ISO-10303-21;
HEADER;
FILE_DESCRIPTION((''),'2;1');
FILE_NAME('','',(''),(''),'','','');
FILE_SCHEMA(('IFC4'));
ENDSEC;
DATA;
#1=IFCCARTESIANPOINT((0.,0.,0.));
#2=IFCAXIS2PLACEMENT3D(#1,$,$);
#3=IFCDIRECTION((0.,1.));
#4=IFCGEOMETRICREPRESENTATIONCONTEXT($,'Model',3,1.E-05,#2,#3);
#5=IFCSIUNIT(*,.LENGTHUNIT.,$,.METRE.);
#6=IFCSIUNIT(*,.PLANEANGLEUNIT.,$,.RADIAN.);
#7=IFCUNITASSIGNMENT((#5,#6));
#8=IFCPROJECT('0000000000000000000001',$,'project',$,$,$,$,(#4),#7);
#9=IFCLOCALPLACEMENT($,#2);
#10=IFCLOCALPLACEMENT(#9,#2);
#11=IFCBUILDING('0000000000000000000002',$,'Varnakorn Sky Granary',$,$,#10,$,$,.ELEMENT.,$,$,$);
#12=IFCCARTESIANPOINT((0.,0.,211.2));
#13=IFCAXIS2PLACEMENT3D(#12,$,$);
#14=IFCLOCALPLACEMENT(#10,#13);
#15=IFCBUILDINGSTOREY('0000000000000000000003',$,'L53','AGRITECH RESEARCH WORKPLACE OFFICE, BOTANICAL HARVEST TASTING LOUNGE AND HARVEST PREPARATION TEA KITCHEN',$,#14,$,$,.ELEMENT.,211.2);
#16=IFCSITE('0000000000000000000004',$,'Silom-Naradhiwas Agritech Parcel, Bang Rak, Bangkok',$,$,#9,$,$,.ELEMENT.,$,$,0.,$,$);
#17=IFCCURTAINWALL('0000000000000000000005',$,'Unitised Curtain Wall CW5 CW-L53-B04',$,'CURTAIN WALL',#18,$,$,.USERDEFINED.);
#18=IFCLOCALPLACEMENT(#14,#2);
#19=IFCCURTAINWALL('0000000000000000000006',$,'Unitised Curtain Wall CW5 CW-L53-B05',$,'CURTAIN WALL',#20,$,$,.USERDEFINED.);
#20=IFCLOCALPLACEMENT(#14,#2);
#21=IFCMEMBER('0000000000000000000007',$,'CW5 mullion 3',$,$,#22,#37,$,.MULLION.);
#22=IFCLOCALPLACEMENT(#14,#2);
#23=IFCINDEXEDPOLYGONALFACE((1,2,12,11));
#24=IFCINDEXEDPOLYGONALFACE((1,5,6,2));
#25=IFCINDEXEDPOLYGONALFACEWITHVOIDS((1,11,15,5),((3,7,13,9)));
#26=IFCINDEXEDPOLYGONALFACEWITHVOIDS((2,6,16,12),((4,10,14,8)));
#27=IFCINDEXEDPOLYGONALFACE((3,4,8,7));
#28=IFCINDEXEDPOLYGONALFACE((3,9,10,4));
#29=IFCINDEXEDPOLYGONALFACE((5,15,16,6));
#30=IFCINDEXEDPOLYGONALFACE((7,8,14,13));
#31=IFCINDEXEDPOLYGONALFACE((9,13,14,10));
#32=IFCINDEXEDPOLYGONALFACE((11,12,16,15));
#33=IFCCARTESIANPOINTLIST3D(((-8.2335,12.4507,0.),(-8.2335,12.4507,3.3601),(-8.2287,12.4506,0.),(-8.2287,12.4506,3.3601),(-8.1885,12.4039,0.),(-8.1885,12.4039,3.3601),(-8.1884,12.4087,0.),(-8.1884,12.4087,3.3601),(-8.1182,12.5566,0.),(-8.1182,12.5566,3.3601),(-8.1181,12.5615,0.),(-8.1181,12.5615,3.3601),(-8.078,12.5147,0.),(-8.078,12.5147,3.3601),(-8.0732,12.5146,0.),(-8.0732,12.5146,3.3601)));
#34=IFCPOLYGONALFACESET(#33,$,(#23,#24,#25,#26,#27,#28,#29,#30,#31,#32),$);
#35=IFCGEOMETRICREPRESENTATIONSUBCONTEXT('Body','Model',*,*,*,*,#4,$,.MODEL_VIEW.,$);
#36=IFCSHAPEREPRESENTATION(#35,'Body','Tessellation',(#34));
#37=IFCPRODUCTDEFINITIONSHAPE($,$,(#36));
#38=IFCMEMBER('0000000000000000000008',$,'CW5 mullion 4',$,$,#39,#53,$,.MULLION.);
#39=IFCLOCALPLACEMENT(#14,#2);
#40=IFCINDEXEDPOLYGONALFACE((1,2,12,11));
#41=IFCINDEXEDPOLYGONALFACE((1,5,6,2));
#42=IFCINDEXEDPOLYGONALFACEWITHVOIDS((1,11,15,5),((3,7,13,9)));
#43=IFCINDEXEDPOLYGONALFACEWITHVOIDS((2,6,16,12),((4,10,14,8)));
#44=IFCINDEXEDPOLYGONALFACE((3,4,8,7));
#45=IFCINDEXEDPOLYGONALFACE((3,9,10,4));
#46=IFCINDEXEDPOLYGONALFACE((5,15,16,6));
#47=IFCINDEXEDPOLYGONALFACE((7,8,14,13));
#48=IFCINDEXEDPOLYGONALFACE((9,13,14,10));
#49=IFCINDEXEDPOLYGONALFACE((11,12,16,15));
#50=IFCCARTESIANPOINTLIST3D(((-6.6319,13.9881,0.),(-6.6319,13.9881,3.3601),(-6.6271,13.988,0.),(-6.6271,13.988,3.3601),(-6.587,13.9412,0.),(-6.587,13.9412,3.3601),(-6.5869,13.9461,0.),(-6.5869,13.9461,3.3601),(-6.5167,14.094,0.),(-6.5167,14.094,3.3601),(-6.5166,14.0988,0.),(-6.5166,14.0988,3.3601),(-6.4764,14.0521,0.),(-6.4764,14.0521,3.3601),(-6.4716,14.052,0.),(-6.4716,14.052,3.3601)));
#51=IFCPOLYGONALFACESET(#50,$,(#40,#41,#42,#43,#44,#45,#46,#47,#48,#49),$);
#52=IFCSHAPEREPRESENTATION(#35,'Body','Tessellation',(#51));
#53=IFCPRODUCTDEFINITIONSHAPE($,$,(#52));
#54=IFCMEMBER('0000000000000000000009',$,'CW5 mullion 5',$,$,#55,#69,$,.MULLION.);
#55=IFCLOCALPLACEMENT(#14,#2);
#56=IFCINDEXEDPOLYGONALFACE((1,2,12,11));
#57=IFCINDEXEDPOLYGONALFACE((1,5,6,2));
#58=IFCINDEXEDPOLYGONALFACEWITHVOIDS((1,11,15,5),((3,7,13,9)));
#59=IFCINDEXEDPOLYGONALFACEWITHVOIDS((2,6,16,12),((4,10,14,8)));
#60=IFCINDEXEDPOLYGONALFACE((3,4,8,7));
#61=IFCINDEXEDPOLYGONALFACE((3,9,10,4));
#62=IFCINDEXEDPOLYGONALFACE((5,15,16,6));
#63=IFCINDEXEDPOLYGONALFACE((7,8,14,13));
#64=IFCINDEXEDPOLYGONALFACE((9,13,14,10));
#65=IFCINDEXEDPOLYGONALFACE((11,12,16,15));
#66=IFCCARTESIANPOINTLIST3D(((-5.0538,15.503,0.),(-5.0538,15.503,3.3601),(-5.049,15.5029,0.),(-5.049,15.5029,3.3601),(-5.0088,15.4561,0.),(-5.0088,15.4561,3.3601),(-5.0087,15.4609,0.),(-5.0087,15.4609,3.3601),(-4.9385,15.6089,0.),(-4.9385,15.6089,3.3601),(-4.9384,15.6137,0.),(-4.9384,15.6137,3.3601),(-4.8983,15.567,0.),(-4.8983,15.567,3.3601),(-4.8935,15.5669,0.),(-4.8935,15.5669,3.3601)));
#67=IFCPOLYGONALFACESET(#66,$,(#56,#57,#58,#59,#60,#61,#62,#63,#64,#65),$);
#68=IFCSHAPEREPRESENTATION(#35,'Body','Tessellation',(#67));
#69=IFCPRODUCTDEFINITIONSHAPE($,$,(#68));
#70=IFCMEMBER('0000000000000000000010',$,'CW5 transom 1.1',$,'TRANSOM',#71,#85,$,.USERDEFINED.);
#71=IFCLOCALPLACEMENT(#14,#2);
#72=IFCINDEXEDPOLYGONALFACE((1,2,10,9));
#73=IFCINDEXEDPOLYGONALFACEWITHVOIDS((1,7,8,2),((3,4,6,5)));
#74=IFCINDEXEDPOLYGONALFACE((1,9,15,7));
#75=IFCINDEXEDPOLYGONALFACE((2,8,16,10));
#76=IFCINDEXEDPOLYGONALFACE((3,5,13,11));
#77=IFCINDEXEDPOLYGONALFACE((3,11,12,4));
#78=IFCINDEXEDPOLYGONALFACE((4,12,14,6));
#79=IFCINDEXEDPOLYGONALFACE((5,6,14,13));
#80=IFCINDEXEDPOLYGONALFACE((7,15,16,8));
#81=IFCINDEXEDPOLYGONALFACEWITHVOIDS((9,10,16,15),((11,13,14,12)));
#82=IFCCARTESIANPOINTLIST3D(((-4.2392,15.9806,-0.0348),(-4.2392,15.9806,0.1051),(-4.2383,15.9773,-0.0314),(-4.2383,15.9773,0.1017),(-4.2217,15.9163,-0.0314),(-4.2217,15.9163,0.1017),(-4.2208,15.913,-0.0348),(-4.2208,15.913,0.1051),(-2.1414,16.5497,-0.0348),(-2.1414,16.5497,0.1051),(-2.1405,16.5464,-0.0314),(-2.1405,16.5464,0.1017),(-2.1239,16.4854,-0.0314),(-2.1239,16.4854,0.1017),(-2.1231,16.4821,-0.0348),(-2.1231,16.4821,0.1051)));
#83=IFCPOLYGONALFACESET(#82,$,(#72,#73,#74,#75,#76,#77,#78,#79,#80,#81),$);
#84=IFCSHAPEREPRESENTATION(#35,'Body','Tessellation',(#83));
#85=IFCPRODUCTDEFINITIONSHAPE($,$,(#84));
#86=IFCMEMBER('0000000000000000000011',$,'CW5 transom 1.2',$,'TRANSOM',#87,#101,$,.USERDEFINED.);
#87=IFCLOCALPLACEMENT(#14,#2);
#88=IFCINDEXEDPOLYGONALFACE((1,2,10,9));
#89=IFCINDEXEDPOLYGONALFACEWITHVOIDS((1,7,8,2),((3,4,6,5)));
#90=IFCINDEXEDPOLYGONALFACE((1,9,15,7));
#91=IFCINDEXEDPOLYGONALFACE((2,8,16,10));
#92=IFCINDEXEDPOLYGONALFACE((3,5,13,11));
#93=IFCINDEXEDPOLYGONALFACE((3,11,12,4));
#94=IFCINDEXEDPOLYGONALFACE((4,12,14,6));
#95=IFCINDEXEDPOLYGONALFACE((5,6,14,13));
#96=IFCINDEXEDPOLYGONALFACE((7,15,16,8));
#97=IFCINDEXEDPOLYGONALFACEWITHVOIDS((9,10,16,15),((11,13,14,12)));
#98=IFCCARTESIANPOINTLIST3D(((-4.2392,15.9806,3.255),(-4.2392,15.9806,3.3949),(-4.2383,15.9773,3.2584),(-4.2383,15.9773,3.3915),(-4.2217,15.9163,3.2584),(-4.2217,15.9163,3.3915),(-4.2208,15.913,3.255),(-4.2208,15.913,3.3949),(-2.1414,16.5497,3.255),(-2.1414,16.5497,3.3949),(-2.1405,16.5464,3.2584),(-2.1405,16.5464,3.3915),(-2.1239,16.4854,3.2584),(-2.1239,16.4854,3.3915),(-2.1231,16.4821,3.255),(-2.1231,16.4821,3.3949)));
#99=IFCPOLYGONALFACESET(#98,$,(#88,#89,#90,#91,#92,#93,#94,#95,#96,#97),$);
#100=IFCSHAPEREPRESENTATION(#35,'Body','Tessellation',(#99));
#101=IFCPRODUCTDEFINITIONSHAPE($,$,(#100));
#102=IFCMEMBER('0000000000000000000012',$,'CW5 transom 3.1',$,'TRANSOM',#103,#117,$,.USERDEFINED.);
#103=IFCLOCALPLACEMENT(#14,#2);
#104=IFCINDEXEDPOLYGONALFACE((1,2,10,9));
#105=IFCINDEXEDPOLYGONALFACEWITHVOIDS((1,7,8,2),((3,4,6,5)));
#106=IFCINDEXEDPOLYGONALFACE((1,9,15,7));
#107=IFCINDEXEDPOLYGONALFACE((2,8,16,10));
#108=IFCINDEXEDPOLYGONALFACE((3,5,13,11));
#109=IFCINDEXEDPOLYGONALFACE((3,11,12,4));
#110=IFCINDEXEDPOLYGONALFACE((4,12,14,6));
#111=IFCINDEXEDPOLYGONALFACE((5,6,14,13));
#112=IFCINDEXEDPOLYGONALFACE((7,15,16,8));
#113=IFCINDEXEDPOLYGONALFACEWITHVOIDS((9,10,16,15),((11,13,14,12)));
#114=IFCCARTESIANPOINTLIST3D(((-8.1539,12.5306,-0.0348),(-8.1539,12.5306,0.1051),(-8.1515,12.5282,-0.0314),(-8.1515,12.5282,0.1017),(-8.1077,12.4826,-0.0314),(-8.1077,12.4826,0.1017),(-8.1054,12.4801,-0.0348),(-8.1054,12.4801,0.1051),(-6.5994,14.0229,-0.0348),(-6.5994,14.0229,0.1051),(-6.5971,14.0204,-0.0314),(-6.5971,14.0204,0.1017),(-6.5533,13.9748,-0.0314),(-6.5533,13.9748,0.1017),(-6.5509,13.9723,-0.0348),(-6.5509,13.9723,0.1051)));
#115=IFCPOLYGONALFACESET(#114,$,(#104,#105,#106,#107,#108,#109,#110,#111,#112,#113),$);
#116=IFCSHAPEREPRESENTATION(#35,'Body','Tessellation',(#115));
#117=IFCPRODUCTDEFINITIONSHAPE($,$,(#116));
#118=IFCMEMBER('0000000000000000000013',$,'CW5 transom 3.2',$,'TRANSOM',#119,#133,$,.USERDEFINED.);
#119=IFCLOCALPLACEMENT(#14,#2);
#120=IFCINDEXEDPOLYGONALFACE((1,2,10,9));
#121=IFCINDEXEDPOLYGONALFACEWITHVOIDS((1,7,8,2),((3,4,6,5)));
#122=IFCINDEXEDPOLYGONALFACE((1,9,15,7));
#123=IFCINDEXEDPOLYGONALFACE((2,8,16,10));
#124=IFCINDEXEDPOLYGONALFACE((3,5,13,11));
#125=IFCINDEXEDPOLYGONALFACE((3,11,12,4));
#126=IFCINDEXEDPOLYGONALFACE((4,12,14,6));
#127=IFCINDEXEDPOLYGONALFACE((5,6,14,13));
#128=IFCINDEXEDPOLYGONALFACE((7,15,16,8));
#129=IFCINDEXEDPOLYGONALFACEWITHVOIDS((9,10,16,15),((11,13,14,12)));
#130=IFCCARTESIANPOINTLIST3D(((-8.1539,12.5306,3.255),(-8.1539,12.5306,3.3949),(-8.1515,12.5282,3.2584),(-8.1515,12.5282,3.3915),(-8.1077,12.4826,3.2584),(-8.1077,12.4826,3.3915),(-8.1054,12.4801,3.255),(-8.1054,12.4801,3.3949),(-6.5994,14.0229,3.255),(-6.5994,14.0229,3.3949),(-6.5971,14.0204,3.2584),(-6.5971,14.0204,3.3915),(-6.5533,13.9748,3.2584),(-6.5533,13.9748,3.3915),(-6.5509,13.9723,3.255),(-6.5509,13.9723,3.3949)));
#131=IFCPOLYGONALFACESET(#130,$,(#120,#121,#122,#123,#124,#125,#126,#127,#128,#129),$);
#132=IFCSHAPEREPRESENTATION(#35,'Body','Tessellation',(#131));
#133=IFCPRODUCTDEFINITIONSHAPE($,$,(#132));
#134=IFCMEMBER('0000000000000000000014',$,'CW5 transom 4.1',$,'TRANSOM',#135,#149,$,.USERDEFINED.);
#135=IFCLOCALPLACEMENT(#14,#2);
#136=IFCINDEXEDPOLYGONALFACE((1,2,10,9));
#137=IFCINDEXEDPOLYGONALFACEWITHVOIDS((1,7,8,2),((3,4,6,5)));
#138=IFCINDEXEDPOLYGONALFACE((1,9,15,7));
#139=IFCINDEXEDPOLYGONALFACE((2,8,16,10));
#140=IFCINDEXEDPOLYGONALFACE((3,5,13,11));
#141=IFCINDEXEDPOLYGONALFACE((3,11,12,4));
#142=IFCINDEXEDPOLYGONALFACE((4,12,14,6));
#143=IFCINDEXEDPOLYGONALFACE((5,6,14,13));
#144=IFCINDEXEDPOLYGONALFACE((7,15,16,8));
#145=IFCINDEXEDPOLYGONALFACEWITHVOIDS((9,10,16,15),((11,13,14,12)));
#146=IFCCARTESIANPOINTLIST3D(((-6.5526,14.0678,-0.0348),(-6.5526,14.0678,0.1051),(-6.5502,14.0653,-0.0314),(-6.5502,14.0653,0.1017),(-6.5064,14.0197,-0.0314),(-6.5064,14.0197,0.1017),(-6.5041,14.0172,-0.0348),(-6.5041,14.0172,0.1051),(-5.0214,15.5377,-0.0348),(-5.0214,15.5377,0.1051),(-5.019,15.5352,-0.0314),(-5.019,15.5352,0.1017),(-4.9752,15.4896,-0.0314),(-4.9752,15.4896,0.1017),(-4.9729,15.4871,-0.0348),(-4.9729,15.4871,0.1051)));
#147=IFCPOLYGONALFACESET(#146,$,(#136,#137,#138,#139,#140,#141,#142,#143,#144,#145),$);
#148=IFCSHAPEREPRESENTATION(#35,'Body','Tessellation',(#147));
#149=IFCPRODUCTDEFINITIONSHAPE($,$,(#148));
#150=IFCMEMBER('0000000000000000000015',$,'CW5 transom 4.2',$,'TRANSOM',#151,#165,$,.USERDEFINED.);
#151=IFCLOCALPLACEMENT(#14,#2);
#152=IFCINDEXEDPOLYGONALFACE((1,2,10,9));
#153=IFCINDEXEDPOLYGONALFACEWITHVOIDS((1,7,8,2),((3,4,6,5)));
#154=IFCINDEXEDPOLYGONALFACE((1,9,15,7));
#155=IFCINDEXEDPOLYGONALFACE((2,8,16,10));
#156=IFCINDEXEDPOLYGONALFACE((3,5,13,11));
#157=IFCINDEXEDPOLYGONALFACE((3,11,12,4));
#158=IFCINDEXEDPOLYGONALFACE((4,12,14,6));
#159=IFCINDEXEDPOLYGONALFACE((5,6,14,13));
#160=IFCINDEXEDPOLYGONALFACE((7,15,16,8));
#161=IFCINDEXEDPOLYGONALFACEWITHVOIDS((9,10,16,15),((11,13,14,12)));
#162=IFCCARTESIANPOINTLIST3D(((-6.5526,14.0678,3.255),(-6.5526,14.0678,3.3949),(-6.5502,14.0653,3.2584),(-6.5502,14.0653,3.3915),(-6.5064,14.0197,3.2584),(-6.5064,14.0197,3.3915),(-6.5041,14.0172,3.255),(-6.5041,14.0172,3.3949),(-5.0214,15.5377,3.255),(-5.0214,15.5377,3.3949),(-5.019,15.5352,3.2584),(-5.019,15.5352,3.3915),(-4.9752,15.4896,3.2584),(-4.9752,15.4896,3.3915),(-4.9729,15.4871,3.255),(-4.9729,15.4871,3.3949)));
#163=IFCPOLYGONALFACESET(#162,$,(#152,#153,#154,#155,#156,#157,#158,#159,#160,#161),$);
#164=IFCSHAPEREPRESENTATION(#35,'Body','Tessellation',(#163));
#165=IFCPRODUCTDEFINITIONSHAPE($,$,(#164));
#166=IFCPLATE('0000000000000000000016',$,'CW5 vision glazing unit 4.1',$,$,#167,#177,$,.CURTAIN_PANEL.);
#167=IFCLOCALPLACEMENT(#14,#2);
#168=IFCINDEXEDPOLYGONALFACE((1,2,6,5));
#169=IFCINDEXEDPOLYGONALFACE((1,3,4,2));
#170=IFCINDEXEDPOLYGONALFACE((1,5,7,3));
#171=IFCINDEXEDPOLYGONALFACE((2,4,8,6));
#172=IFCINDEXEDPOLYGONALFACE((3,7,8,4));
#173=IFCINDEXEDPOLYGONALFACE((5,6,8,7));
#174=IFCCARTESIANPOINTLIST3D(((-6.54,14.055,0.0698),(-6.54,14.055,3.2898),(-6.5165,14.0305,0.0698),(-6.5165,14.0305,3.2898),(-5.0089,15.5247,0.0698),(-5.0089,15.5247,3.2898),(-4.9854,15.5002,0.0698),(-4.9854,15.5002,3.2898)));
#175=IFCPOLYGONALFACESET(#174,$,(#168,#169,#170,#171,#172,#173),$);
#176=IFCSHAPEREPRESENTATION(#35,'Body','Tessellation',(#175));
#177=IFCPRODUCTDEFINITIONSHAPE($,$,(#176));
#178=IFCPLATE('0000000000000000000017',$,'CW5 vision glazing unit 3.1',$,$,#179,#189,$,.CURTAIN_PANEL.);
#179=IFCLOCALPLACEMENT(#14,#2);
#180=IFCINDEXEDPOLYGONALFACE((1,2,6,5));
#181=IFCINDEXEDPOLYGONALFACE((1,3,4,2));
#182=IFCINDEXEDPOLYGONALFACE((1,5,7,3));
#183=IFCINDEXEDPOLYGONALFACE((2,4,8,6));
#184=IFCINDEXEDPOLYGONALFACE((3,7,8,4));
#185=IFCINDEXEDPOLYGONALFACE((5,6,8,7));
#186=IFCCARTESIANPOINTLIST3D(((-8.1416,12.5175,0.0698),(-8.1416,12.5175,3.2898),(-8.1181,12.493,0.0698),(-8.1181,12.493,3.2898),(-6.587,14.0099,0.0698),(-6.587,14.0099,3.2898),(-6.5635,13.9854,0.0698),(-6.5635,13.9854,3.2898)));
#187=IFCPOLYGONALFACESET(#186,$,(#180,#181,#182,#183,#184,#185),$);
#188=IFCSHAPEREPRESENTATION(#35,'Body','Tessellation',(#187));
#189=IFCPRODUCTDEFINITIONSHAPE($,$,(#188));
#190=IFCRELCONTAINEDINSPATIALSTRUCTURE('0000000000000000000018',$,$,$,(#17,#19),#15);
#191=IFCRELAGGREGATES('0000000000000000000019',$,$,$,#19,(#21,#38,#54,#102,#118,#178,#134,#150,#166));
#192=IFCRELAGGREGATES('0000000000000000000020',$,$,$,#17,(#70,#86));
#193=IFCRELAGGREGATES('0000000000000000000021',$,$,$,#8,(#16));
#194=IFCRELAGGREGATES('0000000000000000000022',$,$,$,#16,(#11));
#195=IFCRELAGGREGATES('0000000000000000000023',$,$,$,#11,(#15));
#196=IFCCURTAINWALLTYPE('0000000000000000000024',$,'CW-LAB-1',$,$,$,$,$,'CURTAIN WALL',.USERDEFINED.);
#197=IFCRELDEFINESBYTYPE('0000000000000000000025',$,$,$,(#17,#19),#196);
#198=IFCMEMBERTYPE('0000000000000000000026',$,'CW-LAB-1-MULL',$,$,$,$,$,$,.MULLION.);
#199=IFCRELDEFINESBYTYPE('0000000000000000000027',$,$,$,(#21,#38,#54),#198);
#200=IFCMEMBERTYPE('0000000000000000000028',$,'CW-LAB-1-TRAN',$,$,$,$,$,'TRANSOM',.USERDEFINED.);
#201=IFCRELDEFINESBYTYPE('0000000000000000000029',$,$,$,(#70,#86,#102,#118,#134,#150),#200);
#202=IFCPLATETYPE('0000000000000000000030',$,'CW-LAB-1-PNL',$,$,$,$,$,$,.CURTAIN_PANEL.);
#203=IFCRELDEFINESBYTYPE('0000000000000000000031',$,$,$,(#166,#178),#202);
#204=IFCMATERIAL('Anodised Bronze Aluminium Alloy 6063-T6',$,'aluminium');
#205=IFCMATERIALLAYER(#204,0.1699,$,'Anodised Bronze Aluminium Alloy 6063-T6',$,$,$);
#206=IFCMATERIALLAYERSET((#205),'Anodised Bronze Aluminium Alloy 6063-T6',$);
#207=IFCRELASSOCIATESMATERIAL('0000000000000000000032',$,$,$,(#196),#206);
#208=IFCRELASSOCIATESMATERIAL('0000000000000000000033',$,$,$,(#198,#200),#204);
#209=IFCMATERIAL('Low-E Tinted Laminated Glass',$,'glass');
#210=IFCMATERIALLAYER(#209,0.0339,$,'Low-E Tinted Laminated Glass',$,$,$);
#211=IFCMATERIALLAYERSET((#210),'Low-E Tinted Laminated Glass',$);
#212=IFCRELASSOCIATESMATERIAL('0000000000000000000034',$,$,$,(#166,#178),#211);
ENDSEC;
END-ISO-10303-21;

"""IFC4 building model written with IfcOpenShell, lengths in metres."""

from ifc_helpers import new_model, si_unit, direction, frame, origin, origin_2d, place, context, subcontext, project, spatial, rectangle, hollow_rectangle, extrude, source, transform, mapped, material, layer, layer_set, material_profile, profile_set, type_object, element, aggregate, save


model = new_model("IFC4")

# Units and contexts
model_context = context("Model", 3, precision=1e-05, world=origin(), true_north=direction((0.0, 1.0)))
body_context = subcontext(model_context, "Body", "Model", "MODEL_VIEW")
ifc_project = project(units=[si_unit("LENGTHUNIT", "METRE"), si_unit("PLANEANGLEUNIT", "RADIAN")], contexts=[model_context])

# Site, building, storey
site_placement = place(None, origin())
site = spatial("IfcSite", under=ifc_project, at=site_placement, Name="Silom-Naradhiwas Agritech Parcel, Bang Rak, Bangkok", CompositionType="ELEMENT", RefElevation=0.0)
building_placement = place(site_placement, origin())
building = spatial("IfcBuilding", under=site, at=building_placement, Name="Varnakorn Sky Granary", CompositionType="ELEMENT")
storey_placement = place(building_placement, frame((0.0, 0.0, 211.2)))
storey = spatial("IfcBuildingStorey", under=building, at=storey_placement, Name="L53", Description="AGRITECH RESEARCH WORKPLACE OFFICE, BOTANICAL HARVEST TASTING LOUNGE AND HARVEST PREPARATION TEA KITCHEN", CompositionType="ELEMENT", Elevation=211.2)

# Curtain wall
ifc_material_1 = material(Name="Anodised Bronze Aluminium Alloy 6063-T6", Category="aluminium")
ifc_layer_1 = layer(ifc_material_1, 0.1699, Name="Anodised Bronze Aluminium Alloy 6063-T6")
ifc_layer_set_1 = layer_set([ifc_layer_1], Name="Anodised Bronze Aluminium Alloy 6063-T6")
curtain_wall_type = type_object("IfcCurtainWallType", Name="CW-LAB-1", ElementType="CURTAIN WALL", PredefinedType="USERDEFINED", material=ifc_layer_set_1)
curtain_wall_1_placement = place(storey_placement, origin())
curtain_wall_1 = element("IfcCurtainWall", 1, at=curtain_wall_1_placement, inside=storey, type_object=curtain_wall_type, Name="Unitised Curtain Wall CW5 CW-L53-B04", ObjectType="CURTAIN WALL", PredefinedType="USERDEFINED")
ifc_material_profile_1 = material_profile(ifc_material_1, hollow_rectangle(XDim=0.0649, YDim=0.1599, WallThickness=0.0034, at=origin_2d()), Name="ALU MULL 65x160")
ifc_profile_set_1 = profile_set([ifc_material_profile_1], Name="Anodised Bronze Aluminium Alloy 6063-T6")
member_type_1 = type_object("IfcMemberType", Name="CW-LAB-1-MULL", PredefinedType="MULLION", material=ifc_profile_set_1)

# Curtain wall, members
curtain_wall_2_placement = place(storey_placement, origin())
curtain_wall_2 = element("IfcCurtainWall", 2, at=curtain_wall_2_placement, inside=storey, type_object=curtain_wall_type, Name="Unitised Curtain Wall CW5 CW-L53-B05", ObjectType="CURTAIN WALL", PredefinedType="USERDEFINED")
member_1_placement = place(storey_placement, frame((-8.1533, 12.4827, 0.0), z_axis=(0.0, 0.0, 1.0), x_axis=(-0.692516, 0.721402, 0.0)))
member_1 = element("IfcMember", 3, at=member_1_placement, type_object=member_type_1, Name="CW5 mullion 3", PredefinedType="MULLION", context=body_context, shape_type="SweptSolid", body=[
    extrude(hollow_rectangle(XDim=0.0649, YDim=0.1599, WallThickness=0.0034, at=origin_2d()), origin(), (0.0, 0.0, 1.0), 3.3601),
])
member_2_placement = place(storey_placement, frame((-6.5518, 14.02, 0.0), z_axis=(0.0, 0.0, 1.0), x_axis=(-0.692516, 0.721402, 0.0)))
member_2 = element("IfcMember", 4, at=member_2_placement, type_object=member_type_1, Name="CW5 mullion 4", PredefinedType="MULLION", context=body_context, shape_type="SweptSolid", body=[
    extrude(hollow_rectangle(XDim=0.0649, YDim=0.1599, WallThickness=0.0034, at=origin_2d()), origin(), (0.0, 0.0, 1.0), 3.3601),
])
member_3_placement = place(storey_placement, frame((-4.9736, 15.5349, 0.0), z_axis=(0.0, 0.0, 1.0), x_axis=(-0.692516, 0.721402, 0.0)))
member_3 = element("IfcMember", 5, at=member_3_placement, type_object=member_type_1, Name="CW5 mullion 5", PredefinedType="MULLION", context=body_context, shape_type="SweptSolid", body=[
    extrude(hollow_rectangle(XDim=0.0649, YDim=0.1599, WallThickness=0.0034, at=origin_2d()), origin(), (0.0, 0.0, 1.0), 3.3601),
])

# Members
ifc_material_profile_2 = material_profile(ifc_material_1, hollow_rectangle(XDim=0.0701, YDim=0.1399, WallThickness=0.0034, at=origin_2d()), Name="ALU TRAN 70x140")
ifc_profile_set_2 = profile_set([ifc_material_profile_2], Name="Anodised Bronze Aluminium Alloy 6063-T6")
member_type_2 = type_object("IfcMemberType", Name="CW-LAB-1-TRAN", ElementType="TRANSOM", PredefinedType="USERDEFINED", material=ifc_profile_set_2)
member_4_placement = place(storey_placement, frame((-4.23, 15.9468, 0.0352), z_axis=(0.965113, 0.261834, 0.0), x_axis=(-0.261834, 0.965113, 0.0)))
member_4 = element("IfcMember", 6, at=member_4_placement, type_object=member_type_2, Name="CW5 transom 1.1", ObjectType="TRANSOM", PredefinedType="USERDEFINED", context=body_context, shape_type="SweptSolid", body=[
    extrude(hollow_rectangle(XDim=0.0701, YDim=0.1399, WallThickness=0.0034, at=origin_2d()), origin(), (0.0, 0.0, 1.0), 2.1736),
])
member_5_placement = place(storey_placement, frame((-4.23, 15.9468, 3.325), z_axis=(0.965113, 0.261834, 0.0), x_axis=(-0.261834, 0.965113, 0.0)))
member_5 = element("IfcMember", 7, at=member_5_placement, type_object=member_type_2, Name="CW5 transom 1.2", ObjectType="TRANSOM", PredefinedType="USERDEFINED", context=body_context, shape_type="SweptSolid", body=[
    extrude(hollow_rectangle(XDim=0.0701, YDim=0.1399, WallThickness=0.0034, at=origin_2d()), origin(), (0.0, 0.0, 1.0), 2.1736),
])
member_6_placement = place(storey_placement, frame((-8.1296, 12.5054, 0.0352), z_axis=(0.721405, 0.692513, 0.0), x_axis=(-0.692513, 0.721405, 0.0)))
member_6 = element("IfcMember", 8, at=member_6_placement, type_object=member_type_2, Name="CW5 transom 3.1", ObjectType="TRANSOM", PredefinedType="USERDEFINED", context=body_context, shape_type="SweptSolid", body=[
    extrude(hollow_rectangle(XDim=0.0701, YDim=0.1399, WallThickness=0.0034, at=origin_2d()), origin(), (0.0, 0.0, 1.0), 2.1548),
])
member_7_placement = place(storey_placement, frame((-8.1296, 12.5054, 3.325), z_axis=(0.721405, 0.692513, 0.0), x_axis=(-0.692513, 0.721405, 0.0)))
member_7 = element("IfcMember", 9, at=member_7_placement, type_object=member_type_2, Name="CW5 transom 3.2", ObjectType="TRANSOM", PredefinedType="USERDEFINED", context=body_context, shape_type="SweptSolid", body=[
    extrude(hollow_rectangle(XDim=0.0701, YDim=0.1399, WallThickness=0.0034, at=origin_2d()), origin(), (0.0, 0.0, 1.0), 2.1548),
])
member_8_placement = place(storey_placement, frame((-6.5283, 14.0425, 0.0352), z_axis=(0.721394, 0.692525, 0.0), x_axis=(-0.692525, 0.721394, 0.0)))
member_8 = element("IfcMember", 10, at=member_8_placement, type_object=member_type_2, Name="CW5 transom 4.1", ObjectType="TRANSOM", PredefinedType="USERDEFINED", context=body_context, shape_type="SweptSolid", body=[
    extrude(hollow_rectangle(XDim=0.0701, YDim=0.1399, WallThickness=0.0034, at=origin_2d()), origin(), (0.0, 0.0, 1.0), 2.1226),
])
member_9_placement = place(storey_placement, frame((-6.5283, 14.0425, 3.325), z_axis=(0.721394, 0.692525, 0.0), x_axis=(-0.692525, 0.721394, 0.0)))
member_9 = element("IfcMember", 11, at=member_9_placement, type_object=member_type_2, Name="CW5 transom 4.2", ObjectType="TRANSOM", PredefinedType="USERDEFINED", context=body_context, shape_type="SweptSolid", body=[
    extrude(hollow_rectangle(XDim=0.0701, YDim=0.1399, WallThickness=0.0034, at=origin_2d()), origin(), (0.0, 0.0, 1.0), 2.1226),
])

# Plates
ifc_material_2 = material(Name="Low-E Tinted Laminated Glass", Category="glass")
ifc_layer_2 = layer(ifc_material_2, 0.0339, Name="Low-E Tinted Laminated Glass")
ifc_layer_set_2 = layer_set([ifc_layer_2], Name="Low-E Tinted Laminated Glass")
plate_type = type_object("IfcPlateType", Name="CW-LAB-1-PNL", PredefinedType="CURTAIN_PANEL")
shared_shape_1 = source(origin(), body_context, "Body", "SweptSolid", [
    extrude(rectangle(XDim=2.1223, YDim=0.0339, at=origin_2d()), origin(), (0.0, 0.0, 1.0), 3.22),
])
plate_1_placement = place(storey_placement, frame((-5.7627, 14.7776, 0.0698), z_axis=(0.0, 0.0, 1.0), x_axis=(0.721402, 0.692516, 0.0)))
plate_1 = element("IfcPlate", 12, at=plate_1_placement, type_object=plate_type, material=ifc_layer_set_2, Name="CW5 vision glazing unit 4.1", PredefinedType="CURTAIN_PANEL", context=body_context, shape_type="MappedRepresentation", body=[
    mapped(shared_shape_1, transform((0.0, 0.0, 0.0), x_axis=(1.0, 0.0, 0.0), y_axis=(0.0, 1.0, 0.0), z_axis=(0.0, 0.0, 1.0), scale=1.0)),
])
shared_shape_2 = source(origin(), body_context, "Body", "SweptSolid", [
    extrude(rectangle(XDim=2.155, YDim=0.0339, at=origin_2d()), origin(), (0.0, 0.0, 1.0), 3.22),
])
plate_2_placement = place(storey_placement, frame((-7.3525, 13.2515, 0.0698), z_axis=(0.0, 0.0, 1.0), x_axis=(0.721402, 0.692516, 0.0)))
plate_2 = element("IfcPlate", 13, at=plate_2_placement, type_object=plate_type, material=ifc_layer_set_2, Name="CW5 vision glazing unit 3.1", PredefinedType="CURTAIN_PANEL", context=body_context, shape_type="MappedRepresentation", body=[
    mapped(shared_shape_2, transform((0.0, 0.0, 0.0), x_axis=(1.0, 0.0, 0.0), y_axis=(0.0, 1.0, 0.0), z_axis=(0.0, 0.0, 1.0), scale=1.0)),
])
aggregate(curtain_wall_2, [member_1, member_2, member_3, member_6, member_7, plate_2, member_8, member_9, plate_1])
aggregate(curtain_wall_1, [member_4, member_5])

save(model, "model.ifc")
